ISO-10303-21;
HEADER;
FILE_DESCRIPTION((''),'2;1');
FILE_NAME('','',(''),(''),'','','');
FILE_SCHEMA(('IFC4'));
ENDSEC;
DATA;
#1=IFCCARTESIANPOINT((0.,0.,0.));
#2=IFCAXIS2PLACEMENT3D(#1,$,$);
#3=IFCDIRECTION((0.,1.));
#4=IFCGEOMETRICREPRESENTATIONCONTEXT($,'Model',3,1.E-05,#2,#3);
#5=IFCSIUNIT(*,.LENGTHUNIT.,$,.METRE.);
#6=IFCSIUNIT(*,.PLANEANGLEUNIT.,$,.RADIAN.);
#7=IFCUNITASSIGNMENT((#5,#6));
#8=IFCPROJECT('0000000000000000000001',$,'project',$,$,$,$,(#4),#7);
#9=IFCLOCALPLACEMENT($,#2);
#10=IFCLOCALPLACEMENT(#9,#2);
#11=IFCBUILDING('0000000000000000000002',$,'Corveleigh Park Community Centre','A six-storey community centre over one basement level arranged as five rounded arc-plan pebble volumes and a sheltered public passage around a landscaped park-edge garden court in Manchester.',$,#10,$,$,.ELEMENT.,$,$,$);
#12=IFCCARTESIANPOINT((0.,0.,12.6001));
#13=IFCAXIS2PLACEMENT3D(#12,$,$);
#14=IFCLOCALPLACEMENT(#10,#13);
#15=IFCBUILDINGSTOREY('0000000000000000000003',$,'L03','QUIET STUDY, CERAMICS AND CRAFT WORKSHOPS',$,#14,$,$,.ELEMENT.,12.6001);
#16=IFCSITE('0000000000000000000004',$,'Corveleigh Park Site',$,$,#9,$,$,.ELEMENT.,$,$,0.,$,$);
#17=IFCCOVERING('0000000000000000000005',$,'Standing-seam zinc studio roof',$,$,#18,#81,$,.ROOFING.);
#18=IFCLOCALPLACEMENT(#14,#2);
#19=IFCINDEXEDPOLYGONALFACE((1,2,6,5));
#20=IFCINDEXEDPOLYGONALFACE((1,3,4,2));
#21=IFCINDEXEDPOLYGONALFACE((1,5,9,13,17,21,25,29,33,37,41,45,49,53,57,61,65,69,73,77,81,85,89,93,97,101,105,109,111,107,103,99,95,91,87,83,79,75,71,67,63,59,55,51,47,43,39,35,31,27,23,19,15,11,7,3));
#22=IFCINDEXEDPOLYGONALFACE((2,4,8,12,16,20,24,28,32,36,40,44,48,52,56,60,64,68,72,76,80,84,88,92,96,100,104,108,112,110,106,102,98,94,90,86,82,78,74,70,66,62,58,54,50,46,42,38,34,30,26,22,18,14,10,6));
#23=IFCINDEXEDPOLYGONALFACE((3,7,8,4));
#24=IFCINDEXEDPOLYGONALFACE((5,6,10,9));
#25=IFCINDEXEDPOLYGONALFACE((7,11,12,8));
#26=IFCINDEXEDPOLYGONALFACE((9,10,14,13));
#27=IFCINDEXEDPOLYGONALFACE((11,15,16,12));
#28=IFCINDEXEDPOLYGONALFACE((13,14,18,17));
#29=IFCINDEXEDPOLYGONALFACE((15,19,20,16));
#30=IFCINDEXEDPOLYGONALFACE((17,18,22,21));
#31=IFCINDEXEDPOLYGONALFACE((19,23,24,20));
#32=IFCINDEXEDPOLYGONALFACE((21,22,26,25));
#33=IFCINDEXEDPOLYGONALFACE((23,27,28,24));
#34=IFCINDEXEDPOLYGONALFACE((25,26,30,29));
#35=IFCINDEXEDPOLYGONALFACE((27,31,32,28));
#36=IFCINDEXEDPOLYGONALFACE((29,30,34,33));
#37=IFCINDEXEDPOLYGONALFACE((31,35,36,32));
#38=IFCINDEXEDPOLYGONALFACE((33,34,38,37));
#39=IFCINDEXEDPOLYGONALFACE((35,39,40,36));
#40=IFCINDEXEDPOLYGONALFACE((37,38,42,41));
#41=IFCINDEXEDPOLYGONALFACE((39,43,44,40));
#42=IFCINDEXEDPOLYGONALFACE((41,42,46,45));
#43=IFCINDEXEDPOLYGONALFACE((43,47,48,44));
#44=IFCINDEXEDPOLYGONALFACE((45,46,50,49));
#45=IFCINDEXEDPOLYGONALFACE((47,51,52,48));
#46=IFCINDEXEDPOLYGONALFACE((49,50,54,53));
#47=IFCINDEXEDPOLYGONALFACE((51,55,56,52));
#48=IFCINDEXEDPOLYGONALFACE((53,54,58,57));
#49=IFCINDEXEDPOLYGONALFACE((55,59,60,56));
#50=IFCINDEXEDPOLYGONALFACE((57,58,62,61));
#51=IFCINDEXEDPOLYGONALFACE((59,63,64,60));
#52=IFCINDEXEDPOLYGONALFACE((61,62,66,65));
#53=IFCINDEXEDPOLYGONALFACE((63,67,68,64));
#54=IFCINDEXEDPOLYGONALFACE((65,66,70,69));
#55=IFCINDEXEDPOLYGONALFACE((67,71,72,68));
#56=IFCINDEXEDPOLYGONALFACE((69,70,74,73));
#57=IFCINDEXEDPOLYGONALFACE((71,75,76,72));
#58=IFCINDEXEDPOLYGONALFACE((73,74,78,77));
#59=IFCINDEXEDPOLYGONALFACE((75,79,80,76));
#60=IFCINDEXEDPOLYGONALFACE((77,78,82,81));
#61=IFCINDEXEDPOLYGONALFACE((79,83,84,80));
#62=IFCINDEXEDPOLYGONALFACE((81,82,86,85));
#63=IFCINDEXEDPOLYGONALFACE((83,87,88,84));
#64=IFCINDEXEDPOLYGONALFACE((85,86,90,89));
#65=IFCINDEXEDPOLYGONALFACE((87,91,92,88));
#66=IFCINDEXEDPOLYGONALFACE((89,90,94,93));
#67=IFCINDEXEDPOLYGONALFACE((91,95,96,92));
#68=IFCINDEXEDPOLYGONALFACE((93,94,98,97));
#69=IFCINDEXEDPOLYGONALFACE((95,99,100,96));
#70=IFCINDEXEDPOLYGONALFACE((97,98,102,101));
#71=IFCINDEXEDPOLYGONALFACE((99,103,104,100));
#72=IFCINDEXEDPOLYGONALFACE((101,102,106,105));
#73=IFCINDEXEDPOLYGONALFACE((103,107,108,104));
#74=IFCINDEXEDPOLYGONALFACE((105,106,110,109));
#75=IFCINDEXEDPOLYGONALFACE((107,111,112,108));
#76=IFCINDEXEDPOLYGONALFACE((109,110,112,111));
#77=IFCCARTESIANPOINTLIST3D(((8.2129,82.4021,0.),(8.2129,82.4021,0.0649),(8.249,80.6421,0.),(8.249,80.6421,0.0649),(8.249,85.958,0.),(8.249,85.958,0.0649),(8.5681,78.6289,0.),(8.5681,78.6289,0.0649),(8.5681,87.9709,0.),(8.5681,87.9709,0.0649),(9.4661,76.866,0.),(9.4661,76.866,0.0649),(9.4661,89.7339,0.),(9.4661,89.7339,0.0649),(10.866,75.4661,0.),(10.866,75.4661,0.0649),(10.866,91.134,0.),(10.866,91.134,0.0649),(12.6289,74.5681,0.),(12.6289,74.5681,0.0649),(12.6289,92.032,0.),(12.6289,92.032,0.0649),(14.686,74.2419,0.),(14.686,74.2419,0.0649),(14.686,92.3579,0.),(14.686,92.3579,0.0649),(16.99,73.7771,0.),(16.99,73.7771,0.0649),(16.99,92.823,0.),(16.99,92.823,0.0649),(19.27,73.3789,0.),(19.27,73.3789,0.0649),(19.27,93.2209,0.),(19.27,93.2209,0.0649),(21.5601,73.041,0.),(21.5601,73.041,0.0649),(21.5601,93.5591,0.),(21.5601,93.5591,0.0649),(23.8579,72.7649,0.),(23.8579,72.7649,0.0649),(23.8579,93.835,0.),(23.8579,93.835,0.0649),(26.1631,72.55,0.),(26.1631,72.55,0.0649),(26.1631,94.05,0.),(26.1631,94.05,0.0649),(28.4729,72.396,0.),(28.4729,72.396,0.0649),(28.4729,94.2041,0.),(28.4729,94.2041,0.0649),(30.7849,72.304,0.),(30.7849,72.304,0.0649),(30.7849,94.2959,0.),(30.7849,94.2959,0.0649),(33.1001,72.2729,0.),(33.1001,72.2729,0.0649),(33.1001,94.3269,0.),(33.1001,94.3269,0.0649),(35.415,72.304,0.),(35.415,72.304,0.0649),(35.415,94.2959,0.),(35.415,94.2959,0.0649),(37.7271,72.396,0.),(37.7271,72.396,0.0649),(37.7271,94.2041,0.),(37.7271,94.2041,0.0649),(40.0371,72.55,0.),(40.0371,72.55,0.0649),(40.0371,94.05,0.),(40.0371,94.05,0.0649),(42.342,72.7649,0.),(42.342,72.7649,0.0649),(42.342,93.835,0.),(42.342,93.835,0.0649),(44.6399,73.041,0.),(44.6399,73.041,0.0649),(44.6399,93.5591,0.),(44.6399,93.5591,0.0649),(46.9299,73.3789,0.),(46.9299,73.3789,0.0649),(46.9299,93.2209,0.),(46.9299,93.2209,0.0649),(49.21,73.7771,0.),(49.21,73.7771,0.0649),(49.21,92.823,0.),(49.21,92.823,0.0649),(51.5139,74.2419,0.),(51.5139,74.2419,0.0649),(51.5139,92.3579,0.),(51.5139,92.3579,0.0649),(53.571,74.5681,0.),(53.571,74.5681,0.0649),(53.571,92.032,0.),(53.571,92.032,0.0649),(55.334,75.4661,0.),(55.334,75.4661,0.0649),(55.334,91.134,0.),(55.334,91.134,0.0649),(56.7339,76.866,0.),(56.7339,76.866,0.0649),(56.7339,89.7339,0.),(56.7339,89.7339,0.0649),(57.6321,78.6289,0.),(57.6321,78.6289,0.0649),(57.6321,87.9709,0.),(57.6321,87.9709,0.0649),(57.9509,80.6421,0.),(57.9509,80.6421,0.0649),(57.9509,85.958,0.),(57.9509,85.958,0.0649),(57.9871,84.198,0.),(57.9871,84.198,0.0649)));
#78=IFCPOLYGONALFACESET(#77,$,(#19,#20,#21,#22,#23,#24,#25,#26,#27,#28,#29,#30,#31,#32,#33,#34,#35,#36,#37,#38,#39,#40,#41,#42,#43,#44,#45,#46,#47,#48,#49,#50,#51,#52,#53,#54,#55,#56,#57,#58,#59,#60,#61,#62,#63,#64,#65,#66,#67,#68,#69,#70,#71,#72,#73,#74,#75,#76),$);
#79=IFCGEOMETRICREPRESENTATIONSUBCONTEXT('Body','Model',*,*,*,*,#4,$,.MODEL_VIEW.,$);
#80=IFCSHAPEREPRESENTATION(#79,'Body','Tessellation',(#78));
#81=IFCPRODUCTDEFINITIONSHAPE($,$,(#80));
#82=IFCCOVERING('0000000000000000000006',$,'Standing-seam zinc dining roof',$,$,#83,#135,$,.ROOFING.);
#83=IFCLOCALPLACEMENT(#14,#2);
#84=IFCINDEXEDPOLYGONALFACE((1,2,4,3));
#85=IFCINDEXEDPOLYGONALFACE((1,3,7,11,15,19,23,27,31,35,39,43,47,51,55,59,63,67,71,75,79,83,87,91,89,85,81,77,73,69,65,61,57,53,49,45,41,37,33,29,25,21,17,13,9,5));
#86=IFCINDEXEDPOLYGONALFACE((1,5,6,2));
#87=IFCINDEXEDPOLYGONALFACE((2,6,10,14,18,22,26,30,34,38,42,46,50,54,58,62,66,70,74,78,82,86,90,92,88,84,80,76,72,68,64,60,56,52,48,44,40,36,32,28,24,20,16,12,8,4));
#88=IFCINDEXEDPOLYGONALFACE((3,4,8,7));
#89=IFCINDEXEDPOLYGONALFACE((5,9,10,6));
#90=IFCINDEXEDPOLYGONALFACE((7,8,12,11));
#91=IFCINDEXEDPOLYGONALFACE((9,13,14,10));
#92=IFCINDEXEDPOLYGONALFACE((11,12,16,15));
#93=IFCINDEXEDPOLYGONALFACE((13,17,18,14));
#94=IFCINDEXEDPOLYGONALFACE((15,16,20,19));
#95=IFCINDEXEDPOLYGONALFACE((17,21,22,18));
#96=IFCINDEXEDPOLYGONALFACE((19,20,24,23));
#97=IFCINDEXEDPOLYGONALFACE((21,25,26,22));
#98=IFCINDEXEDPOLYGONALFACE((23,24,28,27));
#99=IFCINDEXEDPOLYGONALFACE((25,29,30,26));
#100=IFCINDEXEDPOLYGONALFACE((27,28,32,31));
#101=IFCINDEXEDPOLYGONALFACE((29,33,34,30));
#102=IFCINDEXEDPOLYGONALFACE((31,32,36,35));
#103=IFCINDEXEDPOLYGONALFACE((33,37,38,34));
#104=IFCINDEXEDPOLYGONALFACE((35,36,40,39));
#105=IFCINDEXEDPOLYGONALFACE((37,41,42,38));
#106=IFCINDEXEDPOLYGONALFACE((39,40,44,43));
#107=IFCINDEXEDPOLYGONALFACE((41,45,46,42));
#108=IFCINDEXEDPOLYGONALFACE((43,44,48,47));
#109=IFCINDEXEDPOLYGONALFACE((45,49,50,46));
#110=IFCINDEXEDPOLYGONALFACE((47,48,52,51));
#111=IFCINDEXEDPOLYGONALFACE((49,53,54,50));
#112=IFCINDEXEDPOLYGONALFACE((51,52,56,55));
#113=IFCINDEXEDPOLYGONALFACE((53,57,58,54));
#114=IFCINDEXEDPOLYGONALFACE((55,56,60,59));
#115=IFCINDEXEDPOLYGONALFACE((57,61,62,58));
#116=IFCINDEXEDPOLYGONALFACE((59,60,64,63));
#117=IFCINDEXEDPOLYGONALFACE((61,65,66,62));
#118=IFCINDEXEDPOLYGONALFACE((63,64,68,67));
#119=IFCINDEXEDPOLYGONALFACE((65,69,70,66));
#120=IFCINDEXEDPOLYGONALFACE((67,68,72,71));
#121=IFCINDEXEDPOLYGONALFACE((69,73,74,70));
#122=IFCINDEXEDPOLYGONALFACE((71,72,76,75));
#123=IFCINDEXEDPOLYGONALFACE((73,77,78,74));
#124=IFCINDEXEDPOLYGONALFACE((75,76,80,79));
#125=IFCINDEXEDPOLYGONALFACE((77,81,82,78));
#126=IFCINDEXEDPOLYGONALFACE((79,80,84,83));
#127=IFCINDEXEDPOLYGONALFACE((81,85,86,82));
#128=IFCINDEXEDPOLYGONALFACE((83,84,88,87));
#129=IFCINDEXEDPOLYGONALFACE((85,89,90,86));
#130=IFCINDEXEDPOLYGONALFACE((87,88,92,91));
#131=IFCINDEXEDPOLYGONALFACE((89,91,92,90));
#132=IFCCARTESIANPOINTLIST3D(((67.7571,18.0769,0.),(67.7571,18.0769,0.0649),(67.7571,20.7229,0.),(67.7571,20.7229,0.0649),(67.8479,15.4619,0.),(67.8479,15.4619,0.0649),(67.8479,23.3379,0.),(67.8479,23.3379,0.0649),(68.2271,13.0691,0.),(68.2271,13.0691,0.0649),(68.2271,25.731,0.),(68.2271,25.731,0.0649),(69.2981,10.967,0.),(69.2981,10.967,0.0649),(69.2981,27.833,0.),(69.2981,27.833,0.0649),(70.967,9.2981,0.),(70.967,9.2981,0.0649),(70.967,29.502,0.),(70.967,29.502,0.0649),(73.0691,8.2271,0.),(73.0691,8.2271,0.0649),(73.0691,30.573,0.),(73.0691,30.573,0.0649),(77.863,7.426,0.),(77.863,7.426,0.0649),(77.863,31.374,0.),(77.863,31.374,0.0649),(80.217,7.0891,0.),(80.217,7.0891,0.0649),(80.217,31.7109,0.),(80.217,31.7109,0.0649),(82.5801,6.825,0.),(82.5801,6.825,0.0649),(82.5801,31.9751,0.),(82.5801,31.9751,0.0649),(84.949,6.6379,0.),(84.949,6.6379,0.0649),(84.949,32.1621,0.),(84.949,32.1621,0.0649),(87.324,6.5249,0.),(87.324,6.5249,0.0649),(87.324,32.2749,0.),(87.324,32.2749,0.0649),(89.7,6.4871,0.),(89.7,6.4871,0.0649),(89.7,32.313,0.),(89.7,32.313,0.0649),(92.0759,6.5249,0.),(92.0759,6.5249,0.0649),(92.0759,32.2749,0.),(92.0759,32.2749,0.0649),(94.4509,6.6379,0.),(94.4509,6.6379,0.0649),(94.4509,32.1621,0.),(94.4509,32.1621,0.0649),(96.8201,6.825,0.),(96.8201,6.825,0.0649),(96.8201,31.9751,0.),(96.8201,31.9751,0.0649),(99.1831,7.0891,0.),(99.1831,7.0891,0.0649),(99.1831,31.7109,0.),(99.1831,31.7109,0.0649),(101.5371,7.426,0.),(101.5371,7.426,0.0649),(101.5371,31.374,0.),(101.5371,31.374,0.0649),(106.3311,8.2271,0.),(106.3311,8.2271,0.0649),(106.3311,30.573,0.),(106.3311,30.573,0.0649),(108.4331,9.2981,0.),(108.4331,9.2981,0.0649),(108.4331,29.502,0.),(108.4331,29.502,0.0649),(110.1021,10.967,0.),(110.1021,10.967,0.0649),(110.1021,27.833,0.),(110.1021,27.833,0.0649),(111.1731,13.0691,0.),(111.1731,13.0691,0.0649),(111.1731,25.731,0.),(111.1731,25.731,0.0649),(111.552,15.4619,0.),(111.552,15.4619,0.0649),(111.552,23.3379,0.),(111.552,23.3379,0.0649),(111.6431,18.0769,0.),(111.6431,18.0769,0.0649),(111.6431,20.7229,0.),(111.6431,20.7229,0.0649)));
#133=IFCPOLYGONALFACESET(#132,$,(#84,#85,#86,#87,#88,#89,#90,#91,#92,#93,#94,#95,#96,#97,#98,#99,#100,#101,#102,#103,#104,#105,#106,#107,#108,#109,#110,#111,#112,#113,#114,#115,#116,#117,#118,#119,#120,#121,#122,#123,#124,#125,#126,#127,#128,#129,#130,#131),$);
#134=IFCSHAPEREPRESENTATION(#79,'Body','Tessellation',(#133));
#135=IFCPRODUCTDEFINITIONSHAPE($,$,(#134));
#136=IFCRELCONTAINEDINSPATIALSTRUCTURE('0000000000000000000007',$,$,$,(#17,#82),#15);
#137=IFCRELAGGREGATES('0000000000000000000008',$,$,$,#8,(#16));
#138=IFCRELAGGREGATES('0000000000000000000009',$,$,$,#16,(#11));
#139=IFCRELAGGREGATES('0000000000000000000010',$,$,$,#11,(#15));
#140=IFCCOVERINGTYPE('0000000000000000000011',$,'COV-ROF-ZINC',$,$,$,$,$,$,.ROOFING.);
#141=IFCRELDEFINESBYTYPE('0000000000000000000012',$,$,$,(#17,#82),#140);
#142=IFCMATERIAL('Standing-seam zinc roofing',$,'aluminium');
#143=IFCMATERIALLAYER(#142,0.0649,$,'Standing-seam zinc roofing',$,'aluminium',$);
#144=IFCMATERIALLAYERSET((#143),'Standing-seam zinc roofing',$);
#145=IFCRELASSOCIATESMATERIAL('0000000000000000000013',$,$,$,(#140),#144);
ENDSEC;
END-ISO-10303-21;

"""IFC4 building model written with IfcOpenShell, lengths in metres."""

from ifc_helpers import new_model, si_unit, direction, frame, origin, place, context, subcontext, project, spatial, polyline, outline, extrude, material, layer, layer_set, type_object, element, save


model = new_model("IFC4")

# Units and contexts
model_context = context("Model", 3, precision=1e-05, world=origin(), true_north=direction((0.0, 1.0)))
body_context = subcontext(model_context, "Body", "Model", "MODEL_VIEW")
ifc_project = project(units=[si_unit("LENGTHUNIT", "METRE"), si_unit("PLANEANGLEUNIT", "RADIAN")], contexts=[model_context])

# Site, building, storey
site_placement = place(None, origin())
site = spatial("IfcSite", under=ifc_project, at=site_placement, Name="Corveleigh Park Site", CompositionType="ELEMENT", RefElevation=0.0)
building_placement = place(site_placement, origin())
building = spatial("IfcBuilding", under=site, at=building_placement, Name="Corveleigh Park Community Centre", Description="A six-storey community centre over one basement level arranged as five rounded arc-plan pebble volumes and a sheltered public passage around a landscaped park-edge garden court in Manchester.", CompositionType="ELEMENT")
storey_placement = place(building_placement, frame((0.0, 0.0, 12.6001)))
storey = spatial("IfcBuildingStorey", under=building, at=storey_placement, Name="L03", Description="QUIET STUDY, CERAMICS AND CRAFT WORKSHOPS", CompositionType="ELEMENT", Elevation=12.6001)

# Coverings
ifc_material_1 = material(Name="Standing-seam zinc roofing", Category="aluminium")
ifc_layer_1 = layer(ifc_material_1, 0.0649, Name="Standing-seam zinc roofing", Category="aluminium")
ifc_layer_set_1 = layer_set([ifc_layer_1], Name="Standing-seam zinc roofing")
covering_type_1 = type_object("IfcCoveringType", Name="COV-ROF-ZINC", PredefinedType="ROOFING", material=ifc_layer_set_1)
covering_1_placement = place(storey_placement, origin())
element("IfcCovering", 1, at=covering_1_placement, inside=storey, type_object=covering_type_1, Name="Standing-seam zinc studio roof", PredefinedType="ROOFING", context=body_context, shape_type="SweptSolid", body=[
    extrude(outline(polyline([(12.6289, 74.5681), (10.866, 75.4661), (9.4661, 76.866), (8.5681, 78.6289), (8.249, 80.6421), (8.2129, 82.4021), (8.249, 85.958), (8.5681, 87.9709), (9.4661, 89.7339), (10.866, 91.134), (12.6289, 92.032), (14.686, 92.3579), (16.99, 92.823), (19.27, 93.2209), (21.5601, 93.5591), (23.8579, 93.835), (26.1631, 94.05), (28.4729, 94.2041), (30.7849, 94.2959), (33.1001, 94.3269), (35.415, 94.2959), (37.7271, 94.2041), (40.0371, 94.05), (42.342, 93.835), (44.6399, 93.5591), (46.9299, 93.2209), (49.21, 92.823), (51.5139, 92.3579), (53.571, 92.032), (55.334, 91.134), (56.7339, 89.7339), (57.6321, 87.9709), (57.9509, 85.958), (57.9871, 84.198), (57.9509, 80.6421), (57.6321, 78.6289), (56.7339, 76.866), (55.334, 75.4661), (53.571, 74.5681), (51.5139, 74.2419), (49.21, 73.7771), (46.9299, 73.3789), (44.6399, 73.041), (42.342, 72.7649), (40.0371, 72.55), (37.7271, 72.396), (35.415, 72.304), (33.1001, 72.2729), (30.7849, 72.304), (28.4729, 72.396), (26.1631, 72.55), (23.8579, 72.7649), (21.5601, 73.041), (19.27, 73.3789), (16.99, 73.7771), (14.686, 74.2419), (12.6289, 74.5681)])), origin(), (0.0, 0.0, 1.0), 0.0649),
])
covering_2_placement = place(storey_placement, origin())
element("IfcCovering", 2, at=covering_2_placement, inside=storey, type_object=covering_type_1, Name="Standing-seam zinc dining roof", PredefinedType="ROOFING", context=body_context, shape_type="SweptSolid", body=[
    extrude(outline(polyline([(73.0691, 8.2271), (70.967, 9.2981), (69.2981, 10.967), (68.2271, 13.0691), (67.8479, 15.4619), (67.7571, 18.0769), (67.7571, 20.7229), (67.8479, 23.3379), (68.2271, 25.731), (69.2981, 27.833), (70.967, 29.502), (73.0691, 30.573), (77.863, 31.374), (80.217, 31.7109), (82.5801, 31.9751), (84.949, 32.1621), (87.324, 32.2749), (89.7, 32.313), (92.0759, 32.2749), (94.4509, 32.1621), (96.8201, 31.9751), (99.1831, 31.7109), (101.5371, 31.374), (106.3311, 30.573), (108.4331, 29.502), (110.1021, 27.833), (111.1731, 25.731), (111.552, 23.3379), (111.6431, 20.7229), (111.6431, 18.0769), (111.552, 15.4619), (111.1731, 13.0691), (110.1021, 10.967), (108.4331, 9.2981), (106.3311, 8.2271), (101.5371, 7.426), (99.1831, 7.0891), (96.8201, 6.825), (94.4509, 6.6379), (92.0759, 6.5249), (89.7, 6.4871), (87.324, 6.5249), (84.949, 6.6379), (82.5801, 6.825), (80.217, 7.0891), (77.863, 7.426), (73.0691, 8.2271)])), origin(), (0.0, 0.0, 1.0), 0.0649),
])

save(model, "model.ifc")
